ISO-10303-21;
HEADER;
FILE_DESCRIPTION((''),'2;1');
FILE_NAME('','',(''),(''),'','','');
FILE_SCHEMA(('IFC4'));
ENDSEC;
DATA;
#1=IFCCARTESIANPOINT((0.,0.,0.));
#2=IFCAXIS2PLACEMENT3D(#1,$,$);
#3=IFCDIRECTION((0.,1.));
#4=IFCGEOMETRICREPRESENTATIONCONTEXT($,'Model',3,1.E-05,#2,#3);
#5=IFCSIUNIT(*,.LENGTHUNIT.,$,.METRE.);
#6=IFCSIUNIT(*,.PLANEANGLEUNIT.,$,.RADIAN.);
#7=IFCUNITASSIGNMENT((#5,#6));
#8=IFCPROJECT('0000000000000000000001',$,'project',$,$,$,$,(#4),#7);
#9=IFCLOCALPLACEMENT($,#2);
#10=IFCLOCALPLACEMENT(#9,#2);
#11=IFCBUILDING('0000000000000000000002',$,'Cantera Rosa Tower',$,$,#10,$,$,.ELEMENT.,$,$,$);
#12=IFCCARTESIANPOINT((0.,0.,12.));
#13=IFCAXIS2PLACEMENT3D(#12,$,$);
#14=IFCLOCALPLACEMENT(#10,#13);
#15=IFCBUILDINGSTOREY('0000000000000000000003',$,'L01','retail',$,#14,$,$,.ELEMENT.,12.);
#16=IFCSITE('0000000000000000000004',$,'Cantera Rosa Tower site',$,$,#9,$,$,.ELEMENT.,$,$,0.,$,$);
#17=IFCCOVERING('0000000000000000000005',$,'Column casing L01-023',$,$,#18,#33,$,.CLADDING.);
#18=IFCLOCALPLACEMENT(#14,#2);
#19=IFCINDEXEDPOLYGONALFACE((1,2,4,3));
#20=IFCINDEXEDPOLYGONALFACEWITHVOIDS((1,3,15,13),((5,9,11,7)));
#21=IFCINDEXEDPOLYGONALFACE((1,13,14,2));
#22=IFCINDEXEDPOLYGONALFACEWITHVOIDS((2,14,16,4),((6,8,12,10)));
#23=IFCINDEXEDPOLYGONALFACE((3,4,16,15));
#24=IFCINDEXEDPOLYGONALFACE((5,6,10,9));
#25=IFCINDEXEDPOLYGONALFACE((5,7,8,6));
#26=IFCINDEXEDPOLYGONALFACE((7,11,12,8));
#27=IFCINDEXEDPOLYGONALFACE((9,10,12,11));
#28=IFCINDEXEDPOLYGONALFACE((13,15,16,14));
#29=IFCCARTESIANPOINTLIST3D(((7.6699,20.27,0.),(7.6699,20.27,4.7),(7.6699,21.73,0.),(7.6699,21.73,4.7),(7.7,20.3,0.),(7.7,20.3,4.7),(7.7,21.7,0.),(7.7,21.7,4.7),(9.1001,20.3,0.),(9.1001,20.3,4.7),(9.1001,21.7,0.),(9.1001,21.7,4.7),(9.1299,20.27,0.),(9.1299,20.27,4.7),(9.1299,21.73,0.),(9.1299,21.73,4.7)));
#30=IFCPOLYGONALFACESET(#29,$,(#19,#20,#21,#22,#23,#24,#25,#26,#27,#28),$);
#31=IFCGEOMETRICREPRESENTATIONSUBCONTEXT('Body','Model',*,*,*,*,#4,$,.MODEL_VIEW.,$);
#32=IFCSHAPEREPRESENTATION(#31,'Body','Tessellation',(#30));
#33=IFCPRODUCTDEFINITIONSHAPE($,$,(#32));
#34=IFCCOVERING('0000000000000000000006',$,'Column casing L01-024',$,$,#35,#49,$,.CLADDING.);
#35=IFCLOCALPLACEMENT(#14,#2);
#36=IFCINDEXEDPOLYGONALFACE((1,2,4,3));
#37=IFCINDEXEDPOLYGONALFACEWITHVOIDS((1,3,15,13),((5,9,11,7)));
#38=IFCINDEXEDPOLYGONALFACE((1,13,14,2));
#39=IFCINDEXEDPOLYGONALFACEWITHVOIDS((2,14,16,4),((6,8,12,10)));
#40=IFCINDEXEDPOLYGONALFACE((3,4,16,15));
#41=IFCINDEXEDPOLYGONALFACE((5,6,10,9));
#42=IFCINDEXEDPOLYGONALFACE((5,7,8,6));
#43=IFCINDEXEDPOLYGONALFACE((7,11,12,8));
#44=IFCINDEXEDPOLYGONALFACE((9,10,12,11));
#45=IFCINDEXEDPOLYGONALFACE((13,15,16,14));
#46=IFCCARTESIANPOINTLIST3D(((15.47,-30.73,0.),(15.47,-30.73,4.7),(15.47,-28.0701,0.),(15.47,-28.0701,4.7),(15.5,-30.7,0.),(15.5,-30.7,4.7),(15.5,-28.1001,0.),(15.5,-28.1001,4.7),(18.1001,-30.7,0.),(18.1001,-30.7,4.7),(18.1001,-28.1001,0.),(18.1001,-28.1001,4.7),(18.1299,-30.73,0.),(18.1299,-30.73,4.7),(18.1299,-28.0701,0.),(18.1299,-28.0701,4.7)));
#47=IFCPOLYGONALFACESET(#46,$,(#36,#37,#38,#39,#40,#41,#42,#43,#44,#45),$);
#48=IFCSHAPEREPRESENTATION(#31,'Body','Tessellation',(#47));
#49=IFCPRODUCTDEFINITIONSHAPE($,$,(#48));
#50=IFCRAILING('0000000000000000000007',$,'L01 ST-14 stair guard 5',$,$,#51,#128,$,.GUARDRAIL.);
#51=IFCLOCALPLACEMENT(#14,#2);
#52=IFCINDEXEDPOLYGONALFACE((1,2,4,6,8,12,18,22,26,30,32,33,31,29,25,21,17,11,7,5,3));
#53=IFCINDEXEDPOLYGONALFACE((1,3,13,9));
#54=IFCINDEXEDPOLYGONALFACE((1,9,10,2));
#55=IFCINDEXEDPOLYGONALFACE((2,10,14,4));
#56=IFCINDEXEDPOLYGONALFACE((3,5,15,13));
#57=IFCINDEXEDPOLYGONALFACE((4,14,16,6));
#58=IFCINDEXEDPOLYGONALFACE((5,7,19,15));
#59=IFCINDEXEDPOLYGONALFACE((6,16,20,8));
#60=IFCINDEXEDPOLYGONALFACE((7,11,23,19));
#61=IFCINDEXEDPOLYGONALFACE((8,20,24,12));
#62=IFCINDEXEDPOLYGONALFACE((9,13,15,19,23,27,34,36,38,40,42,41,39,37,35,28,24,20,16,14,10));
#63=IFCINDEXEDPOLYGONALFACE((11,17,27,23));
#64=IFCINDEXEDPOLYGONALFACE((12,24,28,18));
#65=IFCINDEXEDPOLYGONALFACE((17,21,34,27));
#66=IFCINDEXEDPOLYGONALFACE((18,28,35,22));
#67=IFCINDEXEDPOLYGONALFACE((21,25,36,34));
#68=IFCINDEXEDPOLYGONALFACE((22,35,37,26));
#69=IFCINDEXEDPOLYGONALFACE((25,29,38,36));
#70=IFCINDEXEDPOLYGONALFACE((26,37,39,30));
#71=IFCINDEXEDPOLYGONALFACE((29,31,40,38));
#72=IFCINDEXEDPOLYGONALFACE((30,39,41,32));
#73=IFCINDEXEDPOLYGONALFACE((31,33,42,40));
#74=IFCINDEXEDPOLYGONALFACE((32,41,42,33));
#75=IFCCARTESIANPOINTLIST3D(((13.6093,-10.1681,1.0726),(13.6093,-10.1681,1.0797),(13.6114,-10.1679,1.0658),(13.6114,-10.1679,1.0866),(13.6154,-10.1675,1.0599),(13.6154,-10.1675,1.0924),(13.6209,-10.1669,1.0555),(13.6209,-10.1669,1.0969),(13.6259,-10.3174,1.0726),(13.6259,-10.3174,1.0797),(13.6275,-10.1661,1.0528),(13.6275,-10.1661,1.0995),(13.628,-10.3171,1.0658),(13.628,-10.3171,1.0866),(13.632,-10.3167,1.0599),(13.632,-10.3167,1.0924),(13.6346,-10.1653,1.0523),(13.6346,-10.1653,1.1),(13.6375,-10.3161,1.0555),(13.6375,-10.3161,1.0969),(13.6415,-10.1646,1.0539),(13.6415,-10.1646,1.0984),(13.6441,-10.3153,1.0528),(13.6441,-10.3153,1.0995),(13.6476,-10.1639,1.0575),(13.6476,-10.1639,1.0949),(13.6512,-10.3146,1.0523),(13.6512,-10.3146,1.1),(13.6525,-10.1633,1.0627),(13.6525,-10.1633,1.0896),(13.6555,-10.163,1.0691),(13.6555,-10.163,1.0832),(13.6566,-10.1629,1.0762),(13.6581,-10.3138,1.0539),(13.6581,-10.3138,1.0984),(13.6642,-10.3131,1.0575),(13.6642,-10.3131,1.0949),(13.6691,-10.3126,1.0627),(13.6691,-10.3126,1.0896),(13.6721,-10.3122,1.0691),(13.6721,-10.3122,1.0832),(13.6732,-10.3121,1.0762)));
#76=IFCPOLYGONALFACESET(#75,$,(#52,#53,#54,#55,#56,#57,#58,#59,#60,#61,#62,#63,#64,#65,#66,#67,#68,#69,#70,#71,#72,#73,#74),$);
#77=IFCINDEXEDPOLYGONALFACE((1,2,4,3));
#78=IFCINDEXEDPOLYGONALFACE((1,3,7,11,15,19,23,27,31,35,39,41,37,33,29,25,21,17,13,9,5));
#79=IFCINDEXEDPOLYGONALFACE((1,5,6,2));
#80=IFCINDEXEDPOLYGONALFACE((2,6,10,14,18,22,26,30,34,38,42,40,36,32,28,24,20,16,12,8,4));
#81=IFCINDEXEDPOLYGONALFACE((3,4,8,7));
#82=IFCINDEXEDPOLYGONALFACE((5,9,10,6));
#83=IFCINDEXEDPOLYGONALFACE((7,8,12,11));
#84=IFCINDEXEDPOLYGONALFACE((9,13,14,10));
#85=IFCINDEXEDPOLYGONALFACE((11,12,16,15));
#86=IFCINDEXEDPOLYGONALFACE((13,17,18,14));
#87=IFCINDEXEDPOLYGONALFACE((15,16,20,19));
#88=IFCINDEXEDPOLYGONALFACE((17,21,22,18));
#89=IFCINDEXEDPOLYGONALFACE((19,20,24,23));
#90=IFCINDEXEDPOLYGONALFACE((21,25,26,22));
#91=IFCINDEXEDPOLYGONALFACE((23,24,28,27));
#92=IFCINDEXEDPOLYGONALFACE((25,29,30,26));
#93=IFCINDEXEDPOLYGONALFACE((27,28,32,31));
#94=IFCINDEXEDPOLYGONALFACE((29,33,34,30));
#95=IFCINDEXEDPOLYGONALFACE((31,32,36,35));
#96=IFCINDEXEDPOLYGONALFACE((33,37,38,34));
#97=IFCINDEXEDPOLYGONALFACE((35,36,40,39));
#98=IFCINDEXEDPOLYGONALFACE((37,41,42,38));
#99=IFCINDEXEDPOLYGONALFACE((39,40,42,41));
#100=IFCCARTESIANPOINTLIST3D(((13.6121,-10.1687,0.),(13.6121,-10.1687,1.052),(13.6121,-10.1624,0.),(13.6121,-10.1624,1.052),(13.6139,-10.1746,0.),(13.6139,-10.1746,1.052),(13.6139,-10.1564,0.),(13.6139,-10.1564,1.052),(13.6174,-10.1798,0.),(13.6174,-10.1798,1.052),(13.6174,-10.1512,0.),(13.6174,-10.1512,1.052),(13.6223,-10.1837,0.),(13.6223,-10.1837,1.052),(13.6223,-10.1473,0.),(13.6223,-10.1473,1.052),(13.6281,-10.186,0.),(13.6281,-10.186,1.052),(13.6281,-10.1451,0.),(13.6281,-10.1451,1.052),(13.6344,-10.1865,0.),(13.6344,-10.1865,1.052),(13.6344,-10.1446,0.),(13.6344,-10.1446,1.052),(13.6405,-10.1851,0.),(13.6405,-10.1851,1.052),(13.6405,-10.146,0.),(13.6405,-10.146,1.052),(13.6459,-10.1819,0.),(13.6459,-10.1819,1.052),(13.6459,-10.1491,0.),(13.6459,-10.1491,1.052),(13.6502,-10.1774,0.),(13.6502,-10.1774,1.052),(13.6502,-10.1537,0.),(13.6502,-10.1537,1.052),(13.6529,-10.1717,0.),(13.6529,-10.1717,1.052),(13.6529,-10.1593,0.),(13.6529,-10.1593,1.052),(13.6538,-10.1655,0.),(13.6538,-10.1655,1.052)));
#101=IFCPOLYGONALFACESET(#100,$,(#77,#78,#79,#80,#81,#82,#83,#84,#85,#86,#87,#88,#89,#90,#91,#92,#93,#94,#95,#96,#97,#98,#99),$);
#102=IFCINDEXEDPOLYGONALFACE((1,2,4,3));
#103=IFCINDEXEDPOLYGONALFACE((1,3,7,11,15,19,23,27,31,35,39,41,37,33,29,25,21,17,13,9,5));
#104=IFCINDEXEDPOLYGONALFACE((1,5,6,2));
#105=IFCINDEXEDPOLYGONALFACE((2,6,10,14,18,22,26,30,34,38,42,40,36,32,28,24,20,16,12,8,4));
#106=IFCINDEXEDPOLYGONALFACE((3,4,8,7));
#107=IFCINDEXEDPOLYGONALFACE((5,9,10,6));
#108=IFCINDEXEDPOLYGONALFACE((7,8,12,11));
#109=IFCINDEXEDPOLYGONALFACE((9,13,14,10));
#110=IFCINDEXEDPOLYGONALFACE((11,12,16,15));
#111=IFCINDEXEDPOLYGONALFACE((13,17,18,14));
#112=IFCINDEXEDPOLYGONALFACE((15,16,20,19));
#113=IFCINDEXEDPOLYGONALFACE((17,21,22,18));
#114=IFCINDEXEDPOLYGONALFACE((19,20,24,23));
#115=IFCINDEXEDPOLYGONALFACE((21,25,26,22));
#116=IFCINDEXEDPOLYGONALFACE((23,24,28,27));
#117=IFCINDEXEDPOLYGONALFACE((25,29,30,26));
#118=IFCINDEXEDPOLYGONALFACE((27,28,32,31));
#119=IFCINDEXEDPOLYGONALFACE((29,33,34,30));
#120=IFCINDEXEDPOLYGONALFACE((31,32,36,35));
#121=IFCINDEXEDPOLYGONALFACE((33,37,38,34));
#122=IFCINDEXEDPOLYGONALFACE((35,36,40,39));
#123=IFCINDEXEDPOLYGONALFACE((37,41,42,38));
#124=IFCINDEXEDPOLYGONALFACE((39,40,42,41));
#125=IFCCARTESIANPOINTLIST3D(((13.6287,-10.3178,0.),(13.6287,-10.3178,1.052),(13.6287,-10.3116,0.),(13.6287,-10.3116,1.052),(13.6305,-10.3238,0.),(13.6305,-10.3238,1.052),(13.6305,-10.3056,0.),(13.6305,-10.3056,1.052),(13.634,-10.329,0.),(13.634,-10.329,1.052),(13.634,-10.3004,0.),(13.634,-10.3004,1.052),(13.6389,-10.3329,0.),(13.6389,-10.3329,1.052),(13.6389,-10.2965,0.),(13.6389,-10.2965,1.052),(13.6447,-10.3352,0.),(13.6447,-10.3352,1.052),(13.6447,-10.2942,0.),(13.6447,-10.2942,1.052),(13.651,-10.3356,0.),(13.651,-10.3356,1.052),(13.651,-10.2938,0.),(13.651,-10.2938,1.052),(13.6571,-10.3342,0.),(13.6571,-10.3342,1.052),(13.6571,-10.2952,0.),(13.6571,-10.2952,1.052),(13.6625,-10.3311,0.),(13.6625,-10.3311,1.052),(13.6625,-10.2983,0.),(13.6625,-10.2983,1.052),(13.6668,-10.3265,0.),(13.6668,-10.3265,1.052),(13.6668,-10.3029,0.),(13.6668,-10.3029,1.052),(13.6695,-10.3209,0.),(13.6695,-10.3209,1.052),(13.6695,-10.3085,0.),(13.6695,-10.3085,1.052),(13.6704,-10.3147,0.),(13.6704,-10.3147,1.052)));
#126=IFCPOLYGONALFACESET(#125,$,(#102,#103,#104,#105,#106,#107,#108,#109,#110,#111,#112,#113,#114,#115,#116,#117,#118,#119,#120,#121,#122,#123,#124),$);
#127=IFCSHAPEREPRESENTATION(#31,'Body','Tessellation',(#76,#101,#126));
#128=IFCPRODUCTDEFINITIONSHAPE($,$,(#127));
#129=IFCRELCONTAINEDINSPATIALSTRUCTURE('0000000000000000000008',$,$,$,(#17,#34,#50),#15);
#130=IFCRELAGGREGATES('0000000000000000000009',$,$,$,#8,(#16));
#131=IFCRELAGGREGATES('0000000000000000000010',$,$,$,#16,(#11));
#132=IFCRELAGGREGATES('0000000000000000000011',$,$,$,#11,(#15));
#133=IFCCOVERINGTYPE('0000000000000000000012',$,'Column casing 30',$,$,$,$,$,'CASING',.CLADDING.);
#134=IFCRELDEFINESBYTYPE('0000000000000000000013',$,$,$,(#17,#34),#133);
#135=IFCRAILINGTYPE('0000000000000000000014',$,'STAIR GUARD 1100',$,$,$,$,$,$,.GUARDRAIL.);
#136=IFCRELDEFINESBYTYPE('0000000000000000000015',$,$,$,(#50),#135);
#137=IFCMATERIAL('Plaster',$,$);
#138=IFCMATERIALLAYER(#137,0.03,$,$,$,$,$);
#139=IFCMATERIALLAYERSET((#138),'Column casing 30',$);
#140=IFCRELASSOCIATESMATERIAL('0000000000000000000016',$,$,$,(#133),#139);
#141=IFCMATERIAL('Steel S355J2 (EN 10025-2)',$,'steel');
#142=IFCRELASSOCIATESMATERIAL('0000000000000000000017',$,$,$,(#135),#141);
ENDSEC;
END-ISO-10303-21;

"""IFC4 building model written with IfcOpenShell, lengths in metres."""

from ifc_helpers import new_model, si_unit, direction, frame, origin, origin_2d, place, context, subcontext, project, spatial, polyline, circle, outline, extrude, material, layer, layer_set, type_object, element, save


model = new_model("IFC4")

# Units and contexts
model_context = context("Model", 3, precision=1e-05, world=origin(), true_north=direction((0.0, 1.0)))
body_context = subcontext(model_context, "Body", "Model", "MODEL_VIEW")
ifc_project = project(units=[si_unit("LENGTHUNIT", "METRE"), si_unit("PLANEANGLEUNIT", "RADIAN")], contexts=[model_context])

# Site, building, storey
site_placement = place(None, origin())
site = spatial("IfcSite", under=ifc_project, at=site_placement, Name="Cantera Rosa Tower site", CompositionType="ELEMENT", RefElevation=0.0)
building_placement = place(site_placement, origin())
building = spatial("IfcBuilding", under=site, at=building_placement, Name="Cantera Rosa Tower", CompositionType="ELEMENT")
storey_placement = place(building_placement, frame((0.0, 0.0, 12.0)))
storey = spatial("IfcBuildingStorey", under=building, at=storey_placement, Name="L01", Description="retail", CompositionType="ELEMENT", Elevation=12.0)

# Coverings
ifc_material_1 = material(Name="Plaster")
ifc_layer_1 = layer(ifc_material_1, 0.03)
ifc_layer_set_1 = layer_set([ifc_layer_1], Name="Column casing 30")
covering_type = type_object("IfcCoveringType", Name="Column casing 30", ElementType="CASING", PredefinedType="CLADDING", material=ifc_layer_set_1)
covering_1_placement = place(storey_placement, origin())
element("IfcCovering", 1, at=covering_1_placement, inside=storey, type_object=covering_type, Name="Column casing L01-023", PredefinedType="CLADDING", context=body_context, shape_type="SweptSolid", body=[
    extrude(outline(polyline([(7.6699, 20.27), (9.1299, 20.27), (9.1299, 21.73), (7.6699, 21.73), (7.6699, 20.27)]), holes=[polyline([(9.1001, 21.7), (7.7, 21.7), (7.7, 20.3), (9.1001, 20.3), (9.1001, 21.7)])]), origin(), (0.0, 0.0, 1.0), 4.7),
])
covering_2_placement = place(storey_placement, origin())
element("IfcCovering", 2, at=covering_2_placement, inside=storey, type_object=covering_type, Name="Column casing L01-024", PredefinedType="CLADDING", context=body_context, shape_type="SweptSolid", body=[
    extrude(outline(polyline([(15.47, -30.73), (18.1299, -30.73), (18.1299, -28.0701), (15.47, -28.0701), (15.47, -30.73)]), holes=[polyline([(18.1001, -28.1001), (15.5, -28.1001), (15.5, -30.7), (18.1001, -30.7), (18.1001, -28.1001)])]), origin(), (0.0, 0.0, 1.0), 4.7),
])

# Railing
ifc_material_2 = material(Name="Steel S355J2 (EN 10025-2)", Category="steel")
railing_type_1 = type_object("IfcRailingType", Name="STAIR GUARD 1100", PredefinedType="GUARDRAIL", material=ifc_material_2)
railing_1_placement = place(storey_placement, frame((13.6328, -10.1655, 0.0)))
element("IfcRailing", 3, at=railing_1_placement, inside=storey, type_object=railing_type_1, Name="L01 ST-14 stair guard 5", PredefinedType="GUARDRAIL", context=body_context, shape_type="SweptSolid", body=[
    extrude(circle(Radius=0.0239, at=origin_2d()), frame((0.0, 0.0, 1.0762), z_axis=(0.11061, -0.993864, 0.0), x_axis=(0.993864, 0.11061, 0.0)), (0.0, 0.0, 1.0), 0.1501),
    extrude(circle(Radius=0.021, at=origin_2d()), origin(), (0.0, 0.0, 1.0), 1.052),
    extrude(circle(Radius=0.021, at=origin_2d()), frame((0.0166, -0.1492, 0.0)), (0.0, 0.0, 1.0), 1.052),
])

save(model, "model.ifc")
